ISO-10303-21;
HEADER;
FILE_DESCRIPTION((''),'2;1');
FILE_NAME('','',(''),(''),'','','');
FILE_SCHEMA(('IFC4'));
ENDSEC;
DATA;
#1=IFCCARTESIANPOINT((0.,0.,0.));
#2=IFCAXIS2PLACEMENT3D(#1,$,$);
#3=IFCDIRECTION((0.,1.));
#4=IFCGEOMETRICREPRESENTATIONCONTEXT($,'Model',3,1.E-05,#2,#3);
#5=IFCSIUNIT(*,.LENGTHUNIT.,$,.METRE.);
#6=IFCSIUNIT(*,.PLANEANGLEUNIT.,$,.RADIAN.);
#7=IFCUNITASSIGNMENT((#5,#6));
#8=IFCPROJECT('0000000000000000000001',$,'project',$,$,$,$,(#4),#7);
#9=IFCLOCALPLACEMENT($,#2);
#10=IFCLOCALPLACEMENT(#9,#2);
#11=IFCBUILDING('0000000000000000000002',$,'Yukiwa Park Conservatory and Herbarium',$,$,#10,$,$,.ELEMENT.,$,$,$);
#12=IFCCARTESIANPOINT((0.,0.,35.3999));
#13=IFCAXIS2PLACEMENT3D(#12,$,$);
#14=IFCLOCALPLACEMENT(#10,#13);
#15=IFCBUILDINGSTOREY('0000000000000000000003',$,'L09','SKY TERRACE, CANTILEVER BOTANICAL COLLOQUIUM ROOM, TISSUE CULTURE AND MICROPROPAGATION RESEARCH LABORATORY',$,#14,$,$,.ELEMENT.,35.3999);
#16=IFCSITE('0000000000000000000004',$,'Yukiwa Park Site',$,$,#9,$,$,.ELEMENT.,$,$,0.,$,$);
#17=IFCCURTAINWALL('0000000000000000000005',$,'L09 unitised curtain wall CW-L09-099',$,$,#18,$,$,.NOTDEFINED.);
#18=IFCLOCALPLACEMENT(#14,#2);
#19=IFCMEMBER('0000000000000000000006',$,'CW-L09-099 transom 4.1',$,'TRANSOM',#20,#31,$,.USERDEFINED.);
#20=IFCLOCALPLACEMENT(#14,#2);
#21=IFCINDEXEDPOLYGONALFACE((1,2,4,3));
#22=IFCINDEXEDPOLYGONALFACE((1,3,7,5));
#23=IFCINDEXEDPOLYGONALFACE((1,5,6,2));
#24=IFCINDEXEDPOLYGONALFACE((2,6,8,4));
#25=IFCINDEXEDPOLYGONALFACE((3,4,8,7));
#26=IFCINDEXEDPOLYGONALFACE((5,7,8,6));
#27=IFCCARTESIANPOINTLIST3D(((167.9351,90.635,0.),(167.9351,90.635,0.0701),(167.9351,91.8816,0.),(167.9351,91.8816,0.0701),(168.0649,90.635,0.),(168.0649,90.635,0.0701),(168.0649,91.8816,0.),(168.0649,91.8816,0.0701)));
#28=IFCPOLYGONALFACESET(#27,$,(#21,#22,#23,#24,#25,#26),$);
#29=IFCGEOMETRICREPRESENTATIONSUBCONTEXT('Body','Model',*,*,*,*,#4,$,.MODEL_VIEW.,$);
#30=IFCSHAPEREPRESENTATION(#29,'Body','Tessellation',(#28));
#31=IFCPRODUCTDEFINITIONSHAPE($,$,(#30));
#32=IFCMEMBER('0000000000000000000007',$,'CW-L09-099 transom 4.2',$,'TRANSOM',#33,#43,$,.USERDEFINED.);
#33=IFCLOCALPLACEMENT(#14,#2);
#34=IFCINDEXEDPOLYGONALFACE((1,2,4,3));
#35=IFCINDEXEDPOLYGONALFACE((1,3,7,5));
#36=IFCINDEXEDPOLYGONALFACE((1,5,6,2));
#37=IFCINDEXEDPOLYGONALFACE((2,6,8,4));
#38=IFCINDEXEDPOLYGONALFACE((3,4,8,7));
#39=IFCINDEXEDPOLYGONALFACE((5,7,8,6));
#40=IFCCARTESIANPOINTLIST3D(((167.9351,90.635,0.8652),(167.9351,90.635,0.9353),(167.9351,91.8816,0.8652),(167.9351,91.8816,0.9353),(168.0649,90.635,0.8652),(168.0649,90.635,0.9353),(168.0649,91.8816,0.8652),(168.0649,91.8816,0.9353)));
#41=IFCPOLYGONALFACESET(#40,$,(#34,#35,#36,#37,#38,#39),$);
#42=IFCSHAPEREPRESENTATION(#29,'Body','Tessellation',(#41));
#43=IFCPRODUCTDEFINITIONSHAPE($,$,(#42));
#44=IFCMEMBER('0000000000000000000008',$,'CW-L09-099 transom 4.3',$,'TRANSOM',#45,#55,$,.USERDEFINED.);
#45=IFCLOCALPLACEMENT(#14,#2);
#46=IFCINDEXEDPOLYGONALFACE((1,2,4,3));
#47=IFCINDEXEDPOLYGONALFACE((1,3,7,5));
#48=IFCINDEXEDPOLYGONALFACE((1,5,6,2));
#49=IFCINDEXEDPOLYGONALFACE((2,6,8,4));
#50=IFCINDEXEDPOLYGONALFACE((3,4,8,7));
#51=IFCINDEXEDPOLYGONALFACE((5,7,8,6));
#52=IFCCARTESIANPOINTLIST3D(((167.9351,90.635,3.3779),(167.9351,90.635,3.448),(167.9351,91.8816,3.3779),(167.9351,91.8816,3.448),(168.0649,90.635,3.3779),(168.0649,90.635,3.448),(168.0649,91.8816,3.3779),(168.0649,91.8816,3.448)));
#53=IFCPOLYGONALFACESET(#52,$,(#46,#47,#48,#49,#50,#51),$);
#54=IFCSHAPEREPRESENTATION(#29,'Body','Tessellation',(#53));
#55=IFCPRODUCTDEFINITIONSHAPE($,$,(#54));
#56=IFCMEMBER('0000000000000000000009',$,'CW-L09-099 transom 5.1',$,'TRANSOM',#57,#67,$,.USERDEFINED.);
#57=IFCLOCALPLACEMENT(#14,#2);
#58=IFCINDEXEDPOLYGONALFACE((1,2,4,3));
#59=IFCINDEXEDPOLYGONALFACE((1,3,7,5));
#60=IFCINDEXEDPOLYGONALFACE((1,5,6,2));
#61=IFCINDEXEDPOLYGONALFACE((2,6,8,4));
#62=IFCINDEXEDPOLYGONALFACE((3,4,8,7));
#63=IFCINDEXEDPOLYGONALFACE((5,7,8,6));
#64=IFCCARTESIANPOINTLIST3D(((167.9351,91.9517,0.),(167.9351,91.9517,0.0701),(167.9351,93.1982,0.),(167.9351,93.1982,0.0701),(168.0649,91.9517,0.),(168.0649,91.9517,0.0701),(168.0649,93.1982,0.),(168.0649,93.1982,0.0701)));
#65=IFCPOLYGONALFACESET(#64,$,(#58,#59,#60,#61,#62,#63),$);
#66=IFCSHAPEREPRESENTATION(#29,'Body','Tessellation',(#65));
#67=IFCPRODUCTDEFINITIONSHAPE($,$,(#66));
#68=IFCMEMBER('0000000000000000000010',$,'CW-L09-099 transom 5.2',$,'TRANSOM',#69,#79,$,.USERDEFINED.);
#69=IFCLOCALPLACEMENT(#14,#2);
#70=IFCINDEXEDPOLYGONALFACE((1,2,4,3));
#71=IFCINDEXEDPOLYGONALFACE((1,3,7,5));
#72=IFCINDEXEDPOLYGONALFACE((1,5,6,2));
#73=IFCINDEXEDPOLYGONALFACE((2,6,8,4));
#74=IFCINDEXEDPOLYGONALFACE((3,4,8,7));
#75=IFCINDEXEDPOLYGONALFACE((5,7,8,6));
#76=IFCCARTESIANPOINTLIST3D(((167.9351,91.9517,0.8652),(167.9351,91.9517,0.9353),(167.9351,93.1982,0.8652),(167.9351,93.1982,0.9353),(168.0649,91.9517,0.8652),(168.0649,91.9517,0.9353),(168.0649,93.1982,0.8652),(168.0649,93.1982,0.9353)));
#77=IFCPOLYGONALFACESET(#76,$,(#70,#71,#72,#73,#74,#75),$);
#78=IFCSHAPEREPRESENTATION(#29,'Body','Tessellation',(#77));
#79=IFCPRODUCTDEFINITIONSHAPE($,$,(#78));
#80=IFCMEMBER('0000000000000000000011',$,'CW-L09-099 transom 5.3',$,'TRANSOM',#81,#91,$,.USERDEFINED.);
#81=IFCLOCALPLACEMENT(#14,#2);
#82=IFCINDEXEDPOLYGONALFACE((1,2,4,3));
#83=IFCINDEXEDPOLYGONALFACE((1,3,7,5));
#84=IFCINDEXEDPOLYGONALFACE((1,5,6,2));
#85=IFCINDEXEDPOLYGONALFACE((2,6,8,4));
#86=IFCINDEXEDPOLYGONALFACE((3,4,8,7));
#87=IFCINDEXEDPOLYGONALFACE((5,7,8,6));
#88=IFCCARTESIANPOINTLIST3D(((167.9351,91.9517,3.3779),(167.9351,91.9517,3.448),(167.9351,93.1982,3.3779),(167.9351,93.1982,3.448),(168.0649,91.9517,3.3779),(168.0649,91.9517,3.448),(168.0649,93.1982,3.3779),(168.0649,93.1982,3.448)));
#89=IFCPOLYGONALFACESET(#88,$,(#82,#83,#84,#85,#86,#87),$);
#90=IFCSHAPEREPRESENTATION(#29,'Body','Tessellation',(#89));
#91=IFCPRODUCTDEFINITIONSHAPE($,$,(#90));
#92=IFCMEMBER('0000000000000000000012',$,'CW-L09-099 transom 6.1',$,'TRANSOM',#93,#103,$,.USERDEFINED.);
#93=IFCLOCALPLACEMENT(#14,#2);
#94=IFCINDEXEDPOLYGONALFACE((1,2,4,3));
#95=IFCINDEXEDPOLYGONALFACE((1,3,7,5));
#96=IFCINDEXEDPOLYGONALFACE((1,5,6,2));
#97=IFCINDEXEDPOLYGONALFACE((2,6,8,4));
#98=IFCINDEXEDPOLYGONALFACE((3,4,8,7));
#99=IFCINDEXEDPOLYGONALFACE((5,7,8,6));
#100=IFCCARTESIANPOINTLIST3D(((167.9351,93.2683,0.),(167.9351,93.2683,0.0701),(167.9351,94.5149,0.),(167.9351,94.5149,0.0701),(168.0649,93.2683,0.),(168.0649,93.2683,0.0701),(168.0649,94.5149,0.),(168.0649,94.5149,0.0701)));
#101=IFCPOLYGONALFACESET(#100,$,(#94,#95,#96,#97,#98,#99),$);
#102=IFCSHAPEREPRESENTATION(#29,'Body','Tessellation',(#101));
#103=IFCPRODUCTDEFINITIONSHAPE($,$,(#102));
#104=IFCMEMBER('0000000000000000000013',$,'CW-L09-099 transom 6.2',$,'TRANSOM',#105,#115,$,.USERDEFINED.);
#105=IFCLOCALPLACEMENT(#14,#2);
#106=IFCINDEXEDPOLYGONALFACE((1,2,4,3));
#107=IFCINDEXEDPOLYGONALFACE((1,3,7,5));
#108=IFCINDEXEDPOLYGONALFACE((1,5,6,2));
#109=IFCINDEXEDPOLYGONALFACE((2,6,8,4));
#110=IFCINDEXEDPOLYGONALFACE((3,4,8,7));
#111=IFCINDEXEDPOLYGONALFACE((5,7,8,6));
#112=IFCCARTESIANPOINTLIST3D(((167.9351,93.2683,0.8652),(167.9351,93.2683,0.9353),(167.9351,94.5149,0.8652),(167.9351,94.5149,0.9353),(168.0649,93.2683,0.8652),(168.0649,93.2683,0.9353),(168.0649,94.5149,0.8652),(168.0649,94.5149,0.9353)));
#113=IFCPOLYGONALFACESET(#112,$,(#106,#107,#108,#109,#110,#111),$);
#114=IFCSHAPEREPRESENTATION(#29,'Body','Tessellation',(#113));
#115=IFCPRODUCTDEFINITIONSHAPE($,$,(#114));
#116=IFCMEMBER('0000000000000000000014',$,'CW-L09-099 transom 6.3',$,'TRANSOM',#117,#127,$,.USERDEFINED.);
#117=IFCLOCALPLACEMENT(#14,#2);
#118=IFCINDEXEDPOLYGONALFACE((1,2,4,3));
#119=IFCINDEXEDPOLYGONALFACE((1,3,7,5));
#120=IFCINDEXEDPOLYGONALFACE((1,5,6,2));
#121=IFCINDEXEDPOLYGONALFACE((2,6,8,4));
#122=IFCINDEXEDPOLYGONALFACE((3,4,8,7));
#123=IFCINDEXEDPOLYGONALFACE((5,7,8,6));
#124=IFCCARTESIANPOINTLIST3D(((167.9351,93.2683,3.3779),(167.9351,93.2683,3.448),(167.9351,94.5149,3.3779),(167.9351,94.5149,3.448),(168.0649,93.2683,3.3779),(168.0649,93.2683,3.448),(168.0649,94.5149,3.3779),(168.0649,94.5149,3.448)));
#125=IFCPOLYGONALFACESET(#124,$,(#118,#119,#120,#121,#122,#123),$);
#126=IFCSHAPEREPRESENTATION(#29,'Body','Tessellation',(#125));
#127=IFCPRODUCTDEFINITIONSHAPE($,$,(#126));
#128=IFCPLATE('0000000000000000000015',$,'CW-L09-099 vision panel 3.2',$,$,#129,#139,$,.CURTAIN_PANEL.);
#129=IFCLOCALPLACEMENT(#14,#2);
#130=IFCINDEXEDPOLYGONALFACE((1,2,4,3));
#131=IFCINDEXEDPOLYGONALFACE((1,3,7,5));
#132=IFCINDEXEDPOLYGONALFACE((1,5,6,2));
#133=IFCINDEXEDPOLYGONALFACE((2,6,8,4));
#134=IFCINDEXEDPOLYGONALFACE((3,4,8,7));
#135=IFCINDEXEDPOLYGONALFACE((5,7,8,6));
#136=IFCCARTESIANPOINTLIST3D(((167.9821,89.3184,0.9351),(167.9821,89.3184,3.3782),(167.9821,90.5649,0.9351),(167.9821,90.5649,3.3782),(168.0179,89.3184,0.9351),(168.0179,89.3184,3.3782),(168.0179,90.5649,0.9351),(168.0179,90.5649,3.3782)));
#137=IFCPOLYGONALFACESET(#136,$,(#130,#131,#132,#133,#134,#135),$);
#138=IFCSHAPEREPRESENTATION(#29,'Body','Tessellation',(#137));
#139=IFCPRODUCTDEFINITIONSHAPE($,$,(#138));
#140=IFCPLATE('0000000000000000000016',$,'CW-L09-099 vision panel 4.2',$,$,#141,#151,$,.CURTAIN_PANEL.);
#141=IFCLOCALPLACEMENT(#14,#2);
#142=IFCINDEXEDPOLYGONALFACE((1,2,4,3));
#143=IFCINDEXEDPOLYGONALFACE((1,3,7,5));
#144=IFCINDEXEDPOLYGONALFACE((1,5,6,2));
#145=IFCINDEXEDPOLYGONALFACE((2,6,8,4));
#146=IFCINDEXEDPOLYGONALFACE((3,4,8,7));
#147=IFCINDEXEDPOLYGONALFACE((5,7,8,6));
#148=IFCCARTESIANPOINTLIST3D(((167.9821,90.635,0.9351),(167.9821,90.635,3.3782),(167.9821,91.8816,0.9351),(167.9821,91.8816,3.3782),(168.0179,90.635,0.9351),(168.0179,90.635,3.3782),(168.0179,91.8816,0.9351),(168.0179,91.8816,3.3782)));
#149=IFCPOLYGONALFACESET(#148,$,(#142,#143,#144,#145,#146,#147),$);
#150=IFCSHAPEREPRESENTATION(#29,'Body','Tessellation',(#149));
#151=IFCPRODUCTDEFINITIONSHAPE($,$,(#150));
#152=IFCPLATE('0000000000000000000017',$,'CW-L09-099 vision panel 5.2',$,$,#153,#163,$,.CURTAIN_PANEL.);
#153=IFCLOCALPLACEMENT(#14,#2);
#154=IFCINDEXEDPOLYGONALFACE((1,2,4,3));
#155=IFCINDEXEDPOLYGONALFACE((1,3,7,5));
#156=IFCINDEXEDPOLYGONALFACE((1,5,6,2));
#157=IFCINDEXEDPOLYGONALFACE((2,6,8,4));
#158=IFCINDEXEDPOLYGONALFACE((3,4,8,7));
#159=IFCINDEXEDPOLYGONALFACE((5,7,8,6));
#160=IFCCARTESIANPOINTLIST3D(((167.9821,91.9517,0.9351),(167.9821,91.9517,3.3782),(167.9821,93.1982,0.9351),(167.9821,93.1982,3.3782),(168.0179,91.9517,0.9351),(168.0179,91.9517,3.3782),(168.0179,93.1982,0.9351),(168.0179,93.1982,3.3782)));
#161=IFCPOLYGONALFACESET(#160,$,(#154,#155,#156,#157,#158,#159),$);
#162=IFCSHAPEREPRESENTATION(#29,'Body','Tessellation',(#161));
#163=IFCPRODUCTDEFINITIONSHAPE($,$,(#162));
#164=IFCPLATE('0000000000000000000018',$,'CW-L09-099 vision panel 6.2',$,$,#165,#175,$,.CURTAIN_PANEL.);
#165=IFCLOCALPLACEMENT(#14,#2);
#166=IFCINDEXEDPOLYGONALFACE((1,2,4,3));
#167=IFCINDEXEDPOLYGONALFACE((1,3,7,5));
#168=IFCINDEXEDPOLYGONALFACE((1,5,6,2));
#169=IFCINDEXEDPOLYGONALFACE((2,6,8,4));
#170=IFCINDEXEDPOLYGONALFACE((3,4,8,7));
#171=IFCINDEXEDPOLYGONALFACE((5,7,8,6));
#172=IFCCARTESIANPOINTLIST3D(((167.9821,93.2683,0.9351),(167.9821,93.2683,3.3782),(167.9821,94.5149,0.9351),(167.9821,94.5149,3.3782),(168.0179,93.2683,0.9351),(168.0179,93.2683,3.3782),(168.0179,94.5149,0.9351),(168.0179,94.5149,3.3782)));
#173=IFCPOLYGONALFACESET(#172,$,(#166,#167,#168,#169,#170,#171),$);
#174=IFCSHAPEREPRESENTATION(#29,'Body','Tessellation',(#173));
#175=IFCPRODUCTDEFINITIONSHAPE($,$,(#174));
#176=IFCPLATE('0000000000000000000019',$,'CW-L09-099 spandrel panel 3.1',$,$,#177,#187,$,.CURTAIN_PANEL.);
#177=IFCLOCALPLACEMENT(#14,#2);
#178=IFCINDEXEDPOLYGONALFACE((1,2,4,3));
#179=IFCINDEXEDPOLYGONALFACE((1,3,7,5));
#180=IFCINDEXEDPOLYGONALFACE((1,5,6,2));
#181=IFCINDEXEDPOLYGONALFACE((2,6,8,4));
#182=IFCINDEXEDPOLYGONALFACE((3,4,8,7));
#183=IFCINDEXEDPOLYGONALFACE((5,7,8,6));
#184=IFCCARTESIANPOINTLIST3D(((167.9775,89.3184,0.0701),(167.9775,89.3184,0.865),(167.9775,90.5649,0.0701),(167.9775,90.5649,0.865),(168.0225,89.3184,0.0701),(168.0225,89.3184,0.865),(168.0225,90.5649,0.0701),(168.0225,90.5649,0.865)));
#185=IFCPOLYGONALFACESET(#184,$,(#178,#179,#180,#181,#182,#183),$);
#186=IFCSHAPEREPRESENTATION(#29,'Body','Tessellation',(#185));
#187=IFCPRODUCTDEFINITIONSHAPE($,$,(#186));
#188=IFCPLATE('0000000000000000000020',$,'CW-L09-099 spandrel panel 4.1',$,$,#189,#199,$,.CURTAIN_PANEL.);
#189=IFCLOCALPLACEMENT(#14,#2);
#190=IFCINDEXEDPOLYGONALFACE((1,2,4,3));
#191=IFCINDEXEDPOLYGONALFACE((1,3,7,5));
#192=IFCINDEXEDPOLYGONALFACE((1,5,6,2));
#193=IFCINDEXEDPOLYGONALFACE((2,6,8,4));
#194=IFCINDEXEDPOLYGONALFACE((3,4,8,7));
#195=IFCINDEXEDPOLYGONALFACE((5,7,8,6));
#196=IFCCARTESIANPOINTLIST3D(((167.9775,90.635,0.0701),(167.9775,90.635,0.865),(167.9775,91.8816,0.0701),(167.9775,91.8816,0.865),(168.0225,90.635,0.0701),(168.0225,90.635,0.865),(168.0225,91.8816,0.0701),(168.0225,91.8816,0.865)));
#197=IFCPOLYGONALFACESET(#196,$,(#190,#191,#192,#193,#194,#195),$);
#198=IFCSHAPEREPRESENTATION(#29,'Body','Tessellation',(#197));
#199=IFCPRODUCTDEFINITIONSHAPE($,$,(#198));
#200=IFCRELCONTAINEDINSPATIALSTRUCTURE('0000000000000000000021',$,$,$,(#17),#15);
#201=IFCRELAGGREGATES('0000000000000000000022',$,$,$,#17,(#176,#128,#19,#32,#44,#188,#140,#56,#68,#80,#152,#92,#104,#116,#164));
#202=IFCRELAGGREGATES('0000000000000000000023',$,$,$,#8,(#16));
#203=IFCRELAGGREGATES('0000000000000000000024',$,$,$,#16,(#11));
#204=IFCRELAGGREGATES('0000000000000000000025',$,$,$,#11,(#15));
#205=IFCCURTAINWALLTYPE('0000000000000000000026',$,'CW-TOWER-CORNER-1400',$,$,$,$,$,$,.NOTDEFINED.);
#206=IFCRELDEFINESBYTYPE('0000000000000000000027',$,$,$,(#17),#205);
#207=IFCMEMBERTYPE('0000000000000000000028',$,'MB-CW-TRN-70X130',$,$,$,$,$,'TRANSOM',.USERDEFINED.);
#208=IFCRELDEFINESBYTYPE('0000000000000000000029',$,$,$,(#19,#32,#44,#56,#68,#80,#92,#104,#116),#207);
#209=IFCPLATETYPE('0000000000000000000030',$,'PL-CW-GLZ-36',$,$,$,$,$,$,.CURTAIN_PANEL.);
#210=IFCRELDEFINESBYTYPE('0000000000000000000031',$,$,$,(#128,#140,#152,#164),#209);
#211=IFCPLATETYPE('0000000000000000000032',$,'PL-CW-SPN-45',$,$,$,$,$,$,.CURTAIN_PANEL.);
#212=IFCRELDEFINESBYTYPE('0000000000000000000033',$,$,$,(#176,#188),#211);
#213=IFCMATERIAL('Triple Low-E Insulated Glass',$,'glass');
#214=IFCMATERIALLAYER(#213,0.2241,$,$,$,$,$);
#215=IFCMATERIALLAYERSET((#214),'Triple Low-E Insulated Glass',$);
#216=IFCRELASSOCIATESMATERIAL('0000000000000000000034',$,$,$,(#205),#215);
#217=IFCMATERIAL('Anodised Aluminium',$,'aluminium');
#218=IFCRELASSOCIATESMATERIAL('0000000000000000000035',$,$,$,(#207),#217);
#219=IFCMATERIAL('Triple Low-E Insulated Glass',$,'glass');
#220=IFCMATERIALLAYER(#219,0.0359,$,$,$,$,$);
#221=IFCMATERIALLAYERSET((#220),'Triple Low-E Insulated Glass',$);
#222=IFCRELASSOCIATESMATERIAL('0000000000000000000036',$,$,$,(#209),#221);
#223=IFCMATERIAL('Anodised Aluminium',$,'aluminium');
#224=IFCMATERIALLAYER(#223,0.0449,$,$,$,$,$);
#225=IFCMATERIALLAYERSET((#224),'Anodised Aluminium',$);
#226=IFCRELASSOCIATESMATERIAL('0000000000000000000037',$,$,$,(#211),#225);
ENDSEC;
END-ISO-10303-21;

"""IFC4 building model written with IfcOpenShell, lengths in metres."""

from ifc_helpers import new_model, si_unit, direction, frame, origin, origin_2d, place, context, subcontext, project, spatial, rectangle, extrude, material, layer, layer_set, type_object, element, aggregate, save


model = new_model("IFC4")

# Units and contexts
model_context = context("Model", 3, precision=1e-05, world=origin(), true_north=direction((0.0, 1.0)))
body_context = subcontext(model_context, "Body", "Model", "MODEL_VIEW")
ifc_project = project(units=[si_unit("LENGTHUNIT", "METRE"), si_unit("PLANEANGLEUNIT", "RADIAN")], contexts=[model_context])

# Site, building, storey
site_placement = place(None, origin())
site = spatial("IfcSite", under=ifc_project, at=site_placement, Name="Yukiwa Park Site", CompositionType="ELEMENT", RefElevation=0.0)
building_placement = place(site_placement, origin())
building = spatial("IfcBuilding", under=site, at=building_placement, Name="Yukiwa Park Conservatory and Herbarium", CompositionType="ELEMENT")
storey_placement = place(building_placement, frame((0.0, 0.0, 35.3999)))
storey = spatial("IfcBuildingStorey", under=building, at=storey_placement, Name="L09", Description="SKY TERRACE, CANTILEVER BOTANICAL COLLOQUIUM ROOM, TISSUE CULTURE AND MICROPROPAGATION RESEARCH LABORATORY", CompositionType="ELEMENT", Elevation=35.3999)

# Curtain wall, members, plates
ifc_material_1 = material(Name="Triple Low-E Insulated Glass", Category="glass")
ifc_layer_1 = layer(ifc_material_1, 0.2241)
ifc_layer_set_1 = layer_set([ifc_layer_1], Name="Triple Low-E Insulated Glass")
curtain_wall_type = type_object("IfcCurtainWallType", Name="CW-TOWER-CORNER-1400", PredefinedType="NOTDEFINED", material=ifc_layer_set_1)
curtain_wall_placement = place(storey_placement, origin())
curtain_wall = element("IfcCurtainWall", 1, at=curtain_wall_placement, inside=storey, type_object=curtain_wall_type, Name="L09 unitised curtain wall CW-L09-099", PredefinedType="NOTDEFINED")
ifc_material_2 = material(Name="Anodised Aluminium", Category="aluminium")
member_type_1 = type_object("IfcMemberType", Name="MB-CW-TRN-70X130", ElementType="TRANSOM", PredefinedType="USERDEFINED", material=ifc_material_2)
member_1_placement = place(storey_placement, frame((168.0, 91.2583, 0.0), z_axis=(0.0, 0.0, 1.0), x_axis=(0.0, 1.0, 0.0)))
member_1 = element("IfcMember", 2, at=member_1_placement, type_object=member_type_1, Name="CW-L09-099 transom 4.1", ObjectType="TRANSOM", PredefinedType="USERDEFINED", context=body_context, shape_type="SweptSolid", body=[
    extrude(rectangle(XDim=1.2466, YDim=0.1299, at=origin_2d()), origin(), (0.0, 0.0, 1.0), 0.0701),
])
member_2_placement = place(storey_placement, frame((168.0, 91.2583, 0.8652), z_axis=(0.0, 0.0, 1.0), x_axis=(0.0, 1.0, 0.0)))
member_2 = element("IfcMember", 3, at=member_2_placement, type_object=member_type_1, Name="CW-L09-099 transom 4.2", ObjectType="TRANSOM", PredefinedType="USERDEFINED", context=body_context, shape_type="SweptSolid", body=[
    extrude(rectangle(XDim=1.2466, YDim=0.1299, at=origin_2d()), origin(), (0.0, 0.0, 1.0), 0.0701),
])
member_3_placement = place(storey_placement, frame((168.0, 91.2583, 3.3779), z_axis=(0.0, 0.0, 1.0), x_axis=(0.0, 1.0, 0.0)))
member_3 = element("IfcMember", 4, at=member_3_placement, type_object=member_type_1, Name="CW-L09-099 transom 4.3", ObjectType="TRANSOM", PredefinedType="USERDEFINED", context=body_context, shape_type="SweptSolid", body=[
    extrude(rectangle(XDim=1.2466, YDim=0.1299, at=origin_2d()), origin(), (0.0, 0.0, 1.0), 0.0701),
])
member_4_placement = place(storey_placement, frame((168.0, 92.575, 0.0), z_axis=(0.0, 0.0, 1.0), x_axis=(0.0, 1.0, 0.0)))
member_4 = element("IfcMember", 5, at=member_4_placement, type_object=member_type_1, Name="CW-L09-099 transom 5.1", ObjectType="TRANSOM", PredefinedType="USERDEFINED", context=body_context, shape_type="SweptSolid", body=[
    extrude(rectangle(XDim=1.2466, YDim=0.1299, at=origin_2d()), origin(), (0.0, 0.0, 1.0), 0.0701),
])
member_5_placement = place(storey_placement, frame((168.0, 92.575, 0.8652), z_axis=(0.0, 0.0, 1.0), x_axis=(0.0, 1.0, 0.0)))
member_5 = element("IfcMember", 6, at=member_5_placement, type_object=member_type_1, Name="CW-L09-099 transom 5.2", ObjectType="TRANSOM", PredefinedType="USERDEFINED", context=body_context, shape_type="SweptSolid", body=[
    extrude(rectangle(XDim=1.2466, YDim=0.1299, at=origin_2d()), origin(), (0.0, 0.0, 1.0), 0.0701),
])
member_6_placement = place(storey_placement, frame((168.0, 92.575, 3.3779), z_axis=(0.0, 0.0, 1.0), x_axis=(0.0, 1.0, 0.0)))
member_6 = element("IfcMember", 7, at=member_6_placement, type_object=member_type_1, Name="CW-L09-099 transom 5.3", ObjectType="TRANSOM", PredefinedType="USERDEFINED", context=body_context, shape_type="SweptSolid", body=[
    extrude(rectangle(XDim=1.2466, YDim=0.1299, at=origin_2d()), origin(), (0.0, 0.0, 1.0), 0.0701),
])
member_7_placement = place(storey_placement, frame((168.0, 93.8916, 0.0), z_axis=(0.0, 0.0, 1.0), x_axis=(0.0, 1.0, 0.0)))
member_7 = element("IfcMember", 8, at=member_7_placement, type_object=member_type_1, Name="CW-L09-099 transom 6.1", ObjectType="TRANSOM", PredefinedType="USERDEFINED", context=body_context, shape_type="SweptSolid", body=[
    extrude(rectangle(XDim=1.2466, YDim=0.1299, at=origin_2d()), origin(), (0.0, 0.0, 1.0), 0.0701),
])
member_8_placement = place(storey_placement, frame((168.0, 93.8916, 0.8652), z_axis=(0.0, 0.0, 1.0), x_axis=(0.0, 1.0, 0.0)))
member_8 = element("IfcMember", 9, at=member_8_placement, type_object=member_type_1, Name="CW-L09-099 transom 6.2", ObjectType="TRANSOM", PredefinedType="USERDEFINED", context=body_context, shape_type="SweptSolid", body=[
    extrude(rectangle(XDim=1.2466, YDim=0.1299, at=origin_2d()), origin(), (0.0, 0.0, 1.0), 0.0701),
])
member_9_placement = place(storey_placement, frame((168.0, 93.8916, 3.3779), z_axis=(0.0, 0.0, 1.0), x_axis=(0.0, 1.0, 0.0)))
member_9 = element("IfcMember", 10, at=member_9_placement, type_object=member_type_1, Name="CW-L09-099 transom 6.3", ObjectType="TRANSOM", PredefinedType="USERDEFINED", context=body_context, shape_type="SweptSolid", body=[
    extrude(rectangle(XDim=1.2466, YDim=0.1299, at=origin_2d()), origin(), (0.0, 0.0, 1.0), 0.0701),
])
ifc_material_3 = material(Name="Triple Low-E Insulated Glass", Category="glass")
ifc_layer_2 = layer(ifc_material_3, 0.0359)
ifc_layer_set_2 = layer_set([ifc_layer_2], Name="Triple Low-E Insulated Glass")
plate_type_1 = type_object("IfcPlateType", Name="PL-CW-GLZ-36", PredefinedType="CURTAIN_PANEL", material=ifc_layer_set_2)
plate_1_placement = place(storey_placement, frame((168.0, 89.9417, 0.9351), z_axis=(0.0, 0.0, 1.0), x_axis=(0.0, 1.0, 0.0)))
plate_1 = element("IfcPlate", 11, at=plate_1_placement, type_object=plate_type_1, Name="CW-L09-099 vision panel 3.2", PredefinedType="CURTAIN_PANEL", context=body_context, shape_type="SweptSolid", body=[
    extrude(rectangle(XDim=1.2466, YDim=0.0359, at=origin_2d()), origin(), (0.0, 0.0, 1.0), 2.4431),
])
plate_2_placement = place(storey_placement, frame((168.0, 91.2583, 0.9351), z_axis=(0.0, 0.0, 1.0), x_axis=(0.0, 1.0, 0.0)))
plate_2 = element("IfcPlate", 12, at=plate_2_placement, type_object=plate_type_1, Name="CW-L09-099 vision panel 4.2", PredefinedType="CURTAIN_PANEL", context=body_context, shape_type="SweptSolid", body=[
    extrude(rectangle(XDim=1.2466, YDim=0.0359, at=origin_2d()), origin(), (0.0, 0.0, 1.0), 2.4431),
])
plate_3_placement = place(storey_placement, frame((168.0, 92.575, 0.9351), z_axis=(0.0, 0.0, 1.0), x_axis=(0.0, 1.0, 0.0)))
plate_3 = element("IfcPlate", 13, at=plate_3_placement, type_object=plate_type_1, Name="CW-L09-099 vision panel 5.2", PredefinedType="CURTAIN_PANEL", context=body_context, shape_type="SweptSolid", body=[
    extrude(rectangle(XDim=1.2466, YDim=0.0359, at=origin_2d()), origin(), (0.0, 0.0, 1.0), 2.4431),
])
plate_4_placement = place(storey_placement, frame((168.0, 93.8916, 0.9351), z_axis=(0.0, 0.0, 1.0), x_axis=(0.0, 1.0, 0.0)))
plate_4 = element("IfcPlate", 14, at=plate_4_placement, type_object=plate_type_1, Name="CW-L09-099 vision panel 6.2", PredefinedType="CURTAIN_PANEL", context=body_context, shape_type="SweptSolid", body=[
    extrude(rectangle(XDim=1.2466, YDim=0.0359, at=origin_2d()), origin(), (0.0, 0.0, 1.0), 2.4431),
])
ifc_material_4 = material(Name="Anodised Aluminium", Category="aluminium")
ifc_layer_3 = layer(ifc_material_4, 0.0449)
ifc_layer_set_3 = layer_set([ifc_layer_3], Name="Anodised Aluminium")
plate_type_2 = type_object("IfcPlateType", Name="PL-CW-SPN-45", PredefinedType="CURTAIN_PANEL", material=ifc_layer_set_3)
plate_5_placement = place(storey_placement, frame((168.0, 89.9417, 0.0701), z_axis=(0.0, 0.0, 1.0), x_axis=(0.0, 1.0, 0.0)))
plate_5 = element("IfcPlate", 15, at=plate_5_placement, type_object=plate_type_2, Name="CW-L09-099 spandrel panel 3.1", PredefinedType="CURTAIN_PANEL", context=body_context, shape_type="SweptSolid", body=[
    extrude(rectangle(XDim=1.2466, YDim=0.0449, at=origin_2d()), origin(), (0.0, 0.0, 1.0), 0.7949),
])
plate_6_placement = place(storey_placement, frame((168.0, 91.2583, 0.0701), z_axis=(0.0, 0.0, 1.0), x_axis=(0.0, 1.0, 0.0)))
plate_6 = element("IfcPlate", 16, at=plate_6_placement, type_object=plate_type_2, Name="CW-L09-099 spandrel panel 4.1", PredefinedType="CURTAIN_PANEL", context=body_context, shape_type="SweptSolid", body=[
    extrude(rectangle(XDim=1.2466, YDim=0.0449, at=origin_2d()), origin(), (0.0, 0.0, 1.0), 0.7949),
])
aggregate(curtain_wall, [plate_5, plate_1, member_1, member_2, member_3, plate_6, plate_2, member_4, member_5, member_6, plate_3, member_7, member_8, member_9, plate_4])

save(model, "model.ifc")
